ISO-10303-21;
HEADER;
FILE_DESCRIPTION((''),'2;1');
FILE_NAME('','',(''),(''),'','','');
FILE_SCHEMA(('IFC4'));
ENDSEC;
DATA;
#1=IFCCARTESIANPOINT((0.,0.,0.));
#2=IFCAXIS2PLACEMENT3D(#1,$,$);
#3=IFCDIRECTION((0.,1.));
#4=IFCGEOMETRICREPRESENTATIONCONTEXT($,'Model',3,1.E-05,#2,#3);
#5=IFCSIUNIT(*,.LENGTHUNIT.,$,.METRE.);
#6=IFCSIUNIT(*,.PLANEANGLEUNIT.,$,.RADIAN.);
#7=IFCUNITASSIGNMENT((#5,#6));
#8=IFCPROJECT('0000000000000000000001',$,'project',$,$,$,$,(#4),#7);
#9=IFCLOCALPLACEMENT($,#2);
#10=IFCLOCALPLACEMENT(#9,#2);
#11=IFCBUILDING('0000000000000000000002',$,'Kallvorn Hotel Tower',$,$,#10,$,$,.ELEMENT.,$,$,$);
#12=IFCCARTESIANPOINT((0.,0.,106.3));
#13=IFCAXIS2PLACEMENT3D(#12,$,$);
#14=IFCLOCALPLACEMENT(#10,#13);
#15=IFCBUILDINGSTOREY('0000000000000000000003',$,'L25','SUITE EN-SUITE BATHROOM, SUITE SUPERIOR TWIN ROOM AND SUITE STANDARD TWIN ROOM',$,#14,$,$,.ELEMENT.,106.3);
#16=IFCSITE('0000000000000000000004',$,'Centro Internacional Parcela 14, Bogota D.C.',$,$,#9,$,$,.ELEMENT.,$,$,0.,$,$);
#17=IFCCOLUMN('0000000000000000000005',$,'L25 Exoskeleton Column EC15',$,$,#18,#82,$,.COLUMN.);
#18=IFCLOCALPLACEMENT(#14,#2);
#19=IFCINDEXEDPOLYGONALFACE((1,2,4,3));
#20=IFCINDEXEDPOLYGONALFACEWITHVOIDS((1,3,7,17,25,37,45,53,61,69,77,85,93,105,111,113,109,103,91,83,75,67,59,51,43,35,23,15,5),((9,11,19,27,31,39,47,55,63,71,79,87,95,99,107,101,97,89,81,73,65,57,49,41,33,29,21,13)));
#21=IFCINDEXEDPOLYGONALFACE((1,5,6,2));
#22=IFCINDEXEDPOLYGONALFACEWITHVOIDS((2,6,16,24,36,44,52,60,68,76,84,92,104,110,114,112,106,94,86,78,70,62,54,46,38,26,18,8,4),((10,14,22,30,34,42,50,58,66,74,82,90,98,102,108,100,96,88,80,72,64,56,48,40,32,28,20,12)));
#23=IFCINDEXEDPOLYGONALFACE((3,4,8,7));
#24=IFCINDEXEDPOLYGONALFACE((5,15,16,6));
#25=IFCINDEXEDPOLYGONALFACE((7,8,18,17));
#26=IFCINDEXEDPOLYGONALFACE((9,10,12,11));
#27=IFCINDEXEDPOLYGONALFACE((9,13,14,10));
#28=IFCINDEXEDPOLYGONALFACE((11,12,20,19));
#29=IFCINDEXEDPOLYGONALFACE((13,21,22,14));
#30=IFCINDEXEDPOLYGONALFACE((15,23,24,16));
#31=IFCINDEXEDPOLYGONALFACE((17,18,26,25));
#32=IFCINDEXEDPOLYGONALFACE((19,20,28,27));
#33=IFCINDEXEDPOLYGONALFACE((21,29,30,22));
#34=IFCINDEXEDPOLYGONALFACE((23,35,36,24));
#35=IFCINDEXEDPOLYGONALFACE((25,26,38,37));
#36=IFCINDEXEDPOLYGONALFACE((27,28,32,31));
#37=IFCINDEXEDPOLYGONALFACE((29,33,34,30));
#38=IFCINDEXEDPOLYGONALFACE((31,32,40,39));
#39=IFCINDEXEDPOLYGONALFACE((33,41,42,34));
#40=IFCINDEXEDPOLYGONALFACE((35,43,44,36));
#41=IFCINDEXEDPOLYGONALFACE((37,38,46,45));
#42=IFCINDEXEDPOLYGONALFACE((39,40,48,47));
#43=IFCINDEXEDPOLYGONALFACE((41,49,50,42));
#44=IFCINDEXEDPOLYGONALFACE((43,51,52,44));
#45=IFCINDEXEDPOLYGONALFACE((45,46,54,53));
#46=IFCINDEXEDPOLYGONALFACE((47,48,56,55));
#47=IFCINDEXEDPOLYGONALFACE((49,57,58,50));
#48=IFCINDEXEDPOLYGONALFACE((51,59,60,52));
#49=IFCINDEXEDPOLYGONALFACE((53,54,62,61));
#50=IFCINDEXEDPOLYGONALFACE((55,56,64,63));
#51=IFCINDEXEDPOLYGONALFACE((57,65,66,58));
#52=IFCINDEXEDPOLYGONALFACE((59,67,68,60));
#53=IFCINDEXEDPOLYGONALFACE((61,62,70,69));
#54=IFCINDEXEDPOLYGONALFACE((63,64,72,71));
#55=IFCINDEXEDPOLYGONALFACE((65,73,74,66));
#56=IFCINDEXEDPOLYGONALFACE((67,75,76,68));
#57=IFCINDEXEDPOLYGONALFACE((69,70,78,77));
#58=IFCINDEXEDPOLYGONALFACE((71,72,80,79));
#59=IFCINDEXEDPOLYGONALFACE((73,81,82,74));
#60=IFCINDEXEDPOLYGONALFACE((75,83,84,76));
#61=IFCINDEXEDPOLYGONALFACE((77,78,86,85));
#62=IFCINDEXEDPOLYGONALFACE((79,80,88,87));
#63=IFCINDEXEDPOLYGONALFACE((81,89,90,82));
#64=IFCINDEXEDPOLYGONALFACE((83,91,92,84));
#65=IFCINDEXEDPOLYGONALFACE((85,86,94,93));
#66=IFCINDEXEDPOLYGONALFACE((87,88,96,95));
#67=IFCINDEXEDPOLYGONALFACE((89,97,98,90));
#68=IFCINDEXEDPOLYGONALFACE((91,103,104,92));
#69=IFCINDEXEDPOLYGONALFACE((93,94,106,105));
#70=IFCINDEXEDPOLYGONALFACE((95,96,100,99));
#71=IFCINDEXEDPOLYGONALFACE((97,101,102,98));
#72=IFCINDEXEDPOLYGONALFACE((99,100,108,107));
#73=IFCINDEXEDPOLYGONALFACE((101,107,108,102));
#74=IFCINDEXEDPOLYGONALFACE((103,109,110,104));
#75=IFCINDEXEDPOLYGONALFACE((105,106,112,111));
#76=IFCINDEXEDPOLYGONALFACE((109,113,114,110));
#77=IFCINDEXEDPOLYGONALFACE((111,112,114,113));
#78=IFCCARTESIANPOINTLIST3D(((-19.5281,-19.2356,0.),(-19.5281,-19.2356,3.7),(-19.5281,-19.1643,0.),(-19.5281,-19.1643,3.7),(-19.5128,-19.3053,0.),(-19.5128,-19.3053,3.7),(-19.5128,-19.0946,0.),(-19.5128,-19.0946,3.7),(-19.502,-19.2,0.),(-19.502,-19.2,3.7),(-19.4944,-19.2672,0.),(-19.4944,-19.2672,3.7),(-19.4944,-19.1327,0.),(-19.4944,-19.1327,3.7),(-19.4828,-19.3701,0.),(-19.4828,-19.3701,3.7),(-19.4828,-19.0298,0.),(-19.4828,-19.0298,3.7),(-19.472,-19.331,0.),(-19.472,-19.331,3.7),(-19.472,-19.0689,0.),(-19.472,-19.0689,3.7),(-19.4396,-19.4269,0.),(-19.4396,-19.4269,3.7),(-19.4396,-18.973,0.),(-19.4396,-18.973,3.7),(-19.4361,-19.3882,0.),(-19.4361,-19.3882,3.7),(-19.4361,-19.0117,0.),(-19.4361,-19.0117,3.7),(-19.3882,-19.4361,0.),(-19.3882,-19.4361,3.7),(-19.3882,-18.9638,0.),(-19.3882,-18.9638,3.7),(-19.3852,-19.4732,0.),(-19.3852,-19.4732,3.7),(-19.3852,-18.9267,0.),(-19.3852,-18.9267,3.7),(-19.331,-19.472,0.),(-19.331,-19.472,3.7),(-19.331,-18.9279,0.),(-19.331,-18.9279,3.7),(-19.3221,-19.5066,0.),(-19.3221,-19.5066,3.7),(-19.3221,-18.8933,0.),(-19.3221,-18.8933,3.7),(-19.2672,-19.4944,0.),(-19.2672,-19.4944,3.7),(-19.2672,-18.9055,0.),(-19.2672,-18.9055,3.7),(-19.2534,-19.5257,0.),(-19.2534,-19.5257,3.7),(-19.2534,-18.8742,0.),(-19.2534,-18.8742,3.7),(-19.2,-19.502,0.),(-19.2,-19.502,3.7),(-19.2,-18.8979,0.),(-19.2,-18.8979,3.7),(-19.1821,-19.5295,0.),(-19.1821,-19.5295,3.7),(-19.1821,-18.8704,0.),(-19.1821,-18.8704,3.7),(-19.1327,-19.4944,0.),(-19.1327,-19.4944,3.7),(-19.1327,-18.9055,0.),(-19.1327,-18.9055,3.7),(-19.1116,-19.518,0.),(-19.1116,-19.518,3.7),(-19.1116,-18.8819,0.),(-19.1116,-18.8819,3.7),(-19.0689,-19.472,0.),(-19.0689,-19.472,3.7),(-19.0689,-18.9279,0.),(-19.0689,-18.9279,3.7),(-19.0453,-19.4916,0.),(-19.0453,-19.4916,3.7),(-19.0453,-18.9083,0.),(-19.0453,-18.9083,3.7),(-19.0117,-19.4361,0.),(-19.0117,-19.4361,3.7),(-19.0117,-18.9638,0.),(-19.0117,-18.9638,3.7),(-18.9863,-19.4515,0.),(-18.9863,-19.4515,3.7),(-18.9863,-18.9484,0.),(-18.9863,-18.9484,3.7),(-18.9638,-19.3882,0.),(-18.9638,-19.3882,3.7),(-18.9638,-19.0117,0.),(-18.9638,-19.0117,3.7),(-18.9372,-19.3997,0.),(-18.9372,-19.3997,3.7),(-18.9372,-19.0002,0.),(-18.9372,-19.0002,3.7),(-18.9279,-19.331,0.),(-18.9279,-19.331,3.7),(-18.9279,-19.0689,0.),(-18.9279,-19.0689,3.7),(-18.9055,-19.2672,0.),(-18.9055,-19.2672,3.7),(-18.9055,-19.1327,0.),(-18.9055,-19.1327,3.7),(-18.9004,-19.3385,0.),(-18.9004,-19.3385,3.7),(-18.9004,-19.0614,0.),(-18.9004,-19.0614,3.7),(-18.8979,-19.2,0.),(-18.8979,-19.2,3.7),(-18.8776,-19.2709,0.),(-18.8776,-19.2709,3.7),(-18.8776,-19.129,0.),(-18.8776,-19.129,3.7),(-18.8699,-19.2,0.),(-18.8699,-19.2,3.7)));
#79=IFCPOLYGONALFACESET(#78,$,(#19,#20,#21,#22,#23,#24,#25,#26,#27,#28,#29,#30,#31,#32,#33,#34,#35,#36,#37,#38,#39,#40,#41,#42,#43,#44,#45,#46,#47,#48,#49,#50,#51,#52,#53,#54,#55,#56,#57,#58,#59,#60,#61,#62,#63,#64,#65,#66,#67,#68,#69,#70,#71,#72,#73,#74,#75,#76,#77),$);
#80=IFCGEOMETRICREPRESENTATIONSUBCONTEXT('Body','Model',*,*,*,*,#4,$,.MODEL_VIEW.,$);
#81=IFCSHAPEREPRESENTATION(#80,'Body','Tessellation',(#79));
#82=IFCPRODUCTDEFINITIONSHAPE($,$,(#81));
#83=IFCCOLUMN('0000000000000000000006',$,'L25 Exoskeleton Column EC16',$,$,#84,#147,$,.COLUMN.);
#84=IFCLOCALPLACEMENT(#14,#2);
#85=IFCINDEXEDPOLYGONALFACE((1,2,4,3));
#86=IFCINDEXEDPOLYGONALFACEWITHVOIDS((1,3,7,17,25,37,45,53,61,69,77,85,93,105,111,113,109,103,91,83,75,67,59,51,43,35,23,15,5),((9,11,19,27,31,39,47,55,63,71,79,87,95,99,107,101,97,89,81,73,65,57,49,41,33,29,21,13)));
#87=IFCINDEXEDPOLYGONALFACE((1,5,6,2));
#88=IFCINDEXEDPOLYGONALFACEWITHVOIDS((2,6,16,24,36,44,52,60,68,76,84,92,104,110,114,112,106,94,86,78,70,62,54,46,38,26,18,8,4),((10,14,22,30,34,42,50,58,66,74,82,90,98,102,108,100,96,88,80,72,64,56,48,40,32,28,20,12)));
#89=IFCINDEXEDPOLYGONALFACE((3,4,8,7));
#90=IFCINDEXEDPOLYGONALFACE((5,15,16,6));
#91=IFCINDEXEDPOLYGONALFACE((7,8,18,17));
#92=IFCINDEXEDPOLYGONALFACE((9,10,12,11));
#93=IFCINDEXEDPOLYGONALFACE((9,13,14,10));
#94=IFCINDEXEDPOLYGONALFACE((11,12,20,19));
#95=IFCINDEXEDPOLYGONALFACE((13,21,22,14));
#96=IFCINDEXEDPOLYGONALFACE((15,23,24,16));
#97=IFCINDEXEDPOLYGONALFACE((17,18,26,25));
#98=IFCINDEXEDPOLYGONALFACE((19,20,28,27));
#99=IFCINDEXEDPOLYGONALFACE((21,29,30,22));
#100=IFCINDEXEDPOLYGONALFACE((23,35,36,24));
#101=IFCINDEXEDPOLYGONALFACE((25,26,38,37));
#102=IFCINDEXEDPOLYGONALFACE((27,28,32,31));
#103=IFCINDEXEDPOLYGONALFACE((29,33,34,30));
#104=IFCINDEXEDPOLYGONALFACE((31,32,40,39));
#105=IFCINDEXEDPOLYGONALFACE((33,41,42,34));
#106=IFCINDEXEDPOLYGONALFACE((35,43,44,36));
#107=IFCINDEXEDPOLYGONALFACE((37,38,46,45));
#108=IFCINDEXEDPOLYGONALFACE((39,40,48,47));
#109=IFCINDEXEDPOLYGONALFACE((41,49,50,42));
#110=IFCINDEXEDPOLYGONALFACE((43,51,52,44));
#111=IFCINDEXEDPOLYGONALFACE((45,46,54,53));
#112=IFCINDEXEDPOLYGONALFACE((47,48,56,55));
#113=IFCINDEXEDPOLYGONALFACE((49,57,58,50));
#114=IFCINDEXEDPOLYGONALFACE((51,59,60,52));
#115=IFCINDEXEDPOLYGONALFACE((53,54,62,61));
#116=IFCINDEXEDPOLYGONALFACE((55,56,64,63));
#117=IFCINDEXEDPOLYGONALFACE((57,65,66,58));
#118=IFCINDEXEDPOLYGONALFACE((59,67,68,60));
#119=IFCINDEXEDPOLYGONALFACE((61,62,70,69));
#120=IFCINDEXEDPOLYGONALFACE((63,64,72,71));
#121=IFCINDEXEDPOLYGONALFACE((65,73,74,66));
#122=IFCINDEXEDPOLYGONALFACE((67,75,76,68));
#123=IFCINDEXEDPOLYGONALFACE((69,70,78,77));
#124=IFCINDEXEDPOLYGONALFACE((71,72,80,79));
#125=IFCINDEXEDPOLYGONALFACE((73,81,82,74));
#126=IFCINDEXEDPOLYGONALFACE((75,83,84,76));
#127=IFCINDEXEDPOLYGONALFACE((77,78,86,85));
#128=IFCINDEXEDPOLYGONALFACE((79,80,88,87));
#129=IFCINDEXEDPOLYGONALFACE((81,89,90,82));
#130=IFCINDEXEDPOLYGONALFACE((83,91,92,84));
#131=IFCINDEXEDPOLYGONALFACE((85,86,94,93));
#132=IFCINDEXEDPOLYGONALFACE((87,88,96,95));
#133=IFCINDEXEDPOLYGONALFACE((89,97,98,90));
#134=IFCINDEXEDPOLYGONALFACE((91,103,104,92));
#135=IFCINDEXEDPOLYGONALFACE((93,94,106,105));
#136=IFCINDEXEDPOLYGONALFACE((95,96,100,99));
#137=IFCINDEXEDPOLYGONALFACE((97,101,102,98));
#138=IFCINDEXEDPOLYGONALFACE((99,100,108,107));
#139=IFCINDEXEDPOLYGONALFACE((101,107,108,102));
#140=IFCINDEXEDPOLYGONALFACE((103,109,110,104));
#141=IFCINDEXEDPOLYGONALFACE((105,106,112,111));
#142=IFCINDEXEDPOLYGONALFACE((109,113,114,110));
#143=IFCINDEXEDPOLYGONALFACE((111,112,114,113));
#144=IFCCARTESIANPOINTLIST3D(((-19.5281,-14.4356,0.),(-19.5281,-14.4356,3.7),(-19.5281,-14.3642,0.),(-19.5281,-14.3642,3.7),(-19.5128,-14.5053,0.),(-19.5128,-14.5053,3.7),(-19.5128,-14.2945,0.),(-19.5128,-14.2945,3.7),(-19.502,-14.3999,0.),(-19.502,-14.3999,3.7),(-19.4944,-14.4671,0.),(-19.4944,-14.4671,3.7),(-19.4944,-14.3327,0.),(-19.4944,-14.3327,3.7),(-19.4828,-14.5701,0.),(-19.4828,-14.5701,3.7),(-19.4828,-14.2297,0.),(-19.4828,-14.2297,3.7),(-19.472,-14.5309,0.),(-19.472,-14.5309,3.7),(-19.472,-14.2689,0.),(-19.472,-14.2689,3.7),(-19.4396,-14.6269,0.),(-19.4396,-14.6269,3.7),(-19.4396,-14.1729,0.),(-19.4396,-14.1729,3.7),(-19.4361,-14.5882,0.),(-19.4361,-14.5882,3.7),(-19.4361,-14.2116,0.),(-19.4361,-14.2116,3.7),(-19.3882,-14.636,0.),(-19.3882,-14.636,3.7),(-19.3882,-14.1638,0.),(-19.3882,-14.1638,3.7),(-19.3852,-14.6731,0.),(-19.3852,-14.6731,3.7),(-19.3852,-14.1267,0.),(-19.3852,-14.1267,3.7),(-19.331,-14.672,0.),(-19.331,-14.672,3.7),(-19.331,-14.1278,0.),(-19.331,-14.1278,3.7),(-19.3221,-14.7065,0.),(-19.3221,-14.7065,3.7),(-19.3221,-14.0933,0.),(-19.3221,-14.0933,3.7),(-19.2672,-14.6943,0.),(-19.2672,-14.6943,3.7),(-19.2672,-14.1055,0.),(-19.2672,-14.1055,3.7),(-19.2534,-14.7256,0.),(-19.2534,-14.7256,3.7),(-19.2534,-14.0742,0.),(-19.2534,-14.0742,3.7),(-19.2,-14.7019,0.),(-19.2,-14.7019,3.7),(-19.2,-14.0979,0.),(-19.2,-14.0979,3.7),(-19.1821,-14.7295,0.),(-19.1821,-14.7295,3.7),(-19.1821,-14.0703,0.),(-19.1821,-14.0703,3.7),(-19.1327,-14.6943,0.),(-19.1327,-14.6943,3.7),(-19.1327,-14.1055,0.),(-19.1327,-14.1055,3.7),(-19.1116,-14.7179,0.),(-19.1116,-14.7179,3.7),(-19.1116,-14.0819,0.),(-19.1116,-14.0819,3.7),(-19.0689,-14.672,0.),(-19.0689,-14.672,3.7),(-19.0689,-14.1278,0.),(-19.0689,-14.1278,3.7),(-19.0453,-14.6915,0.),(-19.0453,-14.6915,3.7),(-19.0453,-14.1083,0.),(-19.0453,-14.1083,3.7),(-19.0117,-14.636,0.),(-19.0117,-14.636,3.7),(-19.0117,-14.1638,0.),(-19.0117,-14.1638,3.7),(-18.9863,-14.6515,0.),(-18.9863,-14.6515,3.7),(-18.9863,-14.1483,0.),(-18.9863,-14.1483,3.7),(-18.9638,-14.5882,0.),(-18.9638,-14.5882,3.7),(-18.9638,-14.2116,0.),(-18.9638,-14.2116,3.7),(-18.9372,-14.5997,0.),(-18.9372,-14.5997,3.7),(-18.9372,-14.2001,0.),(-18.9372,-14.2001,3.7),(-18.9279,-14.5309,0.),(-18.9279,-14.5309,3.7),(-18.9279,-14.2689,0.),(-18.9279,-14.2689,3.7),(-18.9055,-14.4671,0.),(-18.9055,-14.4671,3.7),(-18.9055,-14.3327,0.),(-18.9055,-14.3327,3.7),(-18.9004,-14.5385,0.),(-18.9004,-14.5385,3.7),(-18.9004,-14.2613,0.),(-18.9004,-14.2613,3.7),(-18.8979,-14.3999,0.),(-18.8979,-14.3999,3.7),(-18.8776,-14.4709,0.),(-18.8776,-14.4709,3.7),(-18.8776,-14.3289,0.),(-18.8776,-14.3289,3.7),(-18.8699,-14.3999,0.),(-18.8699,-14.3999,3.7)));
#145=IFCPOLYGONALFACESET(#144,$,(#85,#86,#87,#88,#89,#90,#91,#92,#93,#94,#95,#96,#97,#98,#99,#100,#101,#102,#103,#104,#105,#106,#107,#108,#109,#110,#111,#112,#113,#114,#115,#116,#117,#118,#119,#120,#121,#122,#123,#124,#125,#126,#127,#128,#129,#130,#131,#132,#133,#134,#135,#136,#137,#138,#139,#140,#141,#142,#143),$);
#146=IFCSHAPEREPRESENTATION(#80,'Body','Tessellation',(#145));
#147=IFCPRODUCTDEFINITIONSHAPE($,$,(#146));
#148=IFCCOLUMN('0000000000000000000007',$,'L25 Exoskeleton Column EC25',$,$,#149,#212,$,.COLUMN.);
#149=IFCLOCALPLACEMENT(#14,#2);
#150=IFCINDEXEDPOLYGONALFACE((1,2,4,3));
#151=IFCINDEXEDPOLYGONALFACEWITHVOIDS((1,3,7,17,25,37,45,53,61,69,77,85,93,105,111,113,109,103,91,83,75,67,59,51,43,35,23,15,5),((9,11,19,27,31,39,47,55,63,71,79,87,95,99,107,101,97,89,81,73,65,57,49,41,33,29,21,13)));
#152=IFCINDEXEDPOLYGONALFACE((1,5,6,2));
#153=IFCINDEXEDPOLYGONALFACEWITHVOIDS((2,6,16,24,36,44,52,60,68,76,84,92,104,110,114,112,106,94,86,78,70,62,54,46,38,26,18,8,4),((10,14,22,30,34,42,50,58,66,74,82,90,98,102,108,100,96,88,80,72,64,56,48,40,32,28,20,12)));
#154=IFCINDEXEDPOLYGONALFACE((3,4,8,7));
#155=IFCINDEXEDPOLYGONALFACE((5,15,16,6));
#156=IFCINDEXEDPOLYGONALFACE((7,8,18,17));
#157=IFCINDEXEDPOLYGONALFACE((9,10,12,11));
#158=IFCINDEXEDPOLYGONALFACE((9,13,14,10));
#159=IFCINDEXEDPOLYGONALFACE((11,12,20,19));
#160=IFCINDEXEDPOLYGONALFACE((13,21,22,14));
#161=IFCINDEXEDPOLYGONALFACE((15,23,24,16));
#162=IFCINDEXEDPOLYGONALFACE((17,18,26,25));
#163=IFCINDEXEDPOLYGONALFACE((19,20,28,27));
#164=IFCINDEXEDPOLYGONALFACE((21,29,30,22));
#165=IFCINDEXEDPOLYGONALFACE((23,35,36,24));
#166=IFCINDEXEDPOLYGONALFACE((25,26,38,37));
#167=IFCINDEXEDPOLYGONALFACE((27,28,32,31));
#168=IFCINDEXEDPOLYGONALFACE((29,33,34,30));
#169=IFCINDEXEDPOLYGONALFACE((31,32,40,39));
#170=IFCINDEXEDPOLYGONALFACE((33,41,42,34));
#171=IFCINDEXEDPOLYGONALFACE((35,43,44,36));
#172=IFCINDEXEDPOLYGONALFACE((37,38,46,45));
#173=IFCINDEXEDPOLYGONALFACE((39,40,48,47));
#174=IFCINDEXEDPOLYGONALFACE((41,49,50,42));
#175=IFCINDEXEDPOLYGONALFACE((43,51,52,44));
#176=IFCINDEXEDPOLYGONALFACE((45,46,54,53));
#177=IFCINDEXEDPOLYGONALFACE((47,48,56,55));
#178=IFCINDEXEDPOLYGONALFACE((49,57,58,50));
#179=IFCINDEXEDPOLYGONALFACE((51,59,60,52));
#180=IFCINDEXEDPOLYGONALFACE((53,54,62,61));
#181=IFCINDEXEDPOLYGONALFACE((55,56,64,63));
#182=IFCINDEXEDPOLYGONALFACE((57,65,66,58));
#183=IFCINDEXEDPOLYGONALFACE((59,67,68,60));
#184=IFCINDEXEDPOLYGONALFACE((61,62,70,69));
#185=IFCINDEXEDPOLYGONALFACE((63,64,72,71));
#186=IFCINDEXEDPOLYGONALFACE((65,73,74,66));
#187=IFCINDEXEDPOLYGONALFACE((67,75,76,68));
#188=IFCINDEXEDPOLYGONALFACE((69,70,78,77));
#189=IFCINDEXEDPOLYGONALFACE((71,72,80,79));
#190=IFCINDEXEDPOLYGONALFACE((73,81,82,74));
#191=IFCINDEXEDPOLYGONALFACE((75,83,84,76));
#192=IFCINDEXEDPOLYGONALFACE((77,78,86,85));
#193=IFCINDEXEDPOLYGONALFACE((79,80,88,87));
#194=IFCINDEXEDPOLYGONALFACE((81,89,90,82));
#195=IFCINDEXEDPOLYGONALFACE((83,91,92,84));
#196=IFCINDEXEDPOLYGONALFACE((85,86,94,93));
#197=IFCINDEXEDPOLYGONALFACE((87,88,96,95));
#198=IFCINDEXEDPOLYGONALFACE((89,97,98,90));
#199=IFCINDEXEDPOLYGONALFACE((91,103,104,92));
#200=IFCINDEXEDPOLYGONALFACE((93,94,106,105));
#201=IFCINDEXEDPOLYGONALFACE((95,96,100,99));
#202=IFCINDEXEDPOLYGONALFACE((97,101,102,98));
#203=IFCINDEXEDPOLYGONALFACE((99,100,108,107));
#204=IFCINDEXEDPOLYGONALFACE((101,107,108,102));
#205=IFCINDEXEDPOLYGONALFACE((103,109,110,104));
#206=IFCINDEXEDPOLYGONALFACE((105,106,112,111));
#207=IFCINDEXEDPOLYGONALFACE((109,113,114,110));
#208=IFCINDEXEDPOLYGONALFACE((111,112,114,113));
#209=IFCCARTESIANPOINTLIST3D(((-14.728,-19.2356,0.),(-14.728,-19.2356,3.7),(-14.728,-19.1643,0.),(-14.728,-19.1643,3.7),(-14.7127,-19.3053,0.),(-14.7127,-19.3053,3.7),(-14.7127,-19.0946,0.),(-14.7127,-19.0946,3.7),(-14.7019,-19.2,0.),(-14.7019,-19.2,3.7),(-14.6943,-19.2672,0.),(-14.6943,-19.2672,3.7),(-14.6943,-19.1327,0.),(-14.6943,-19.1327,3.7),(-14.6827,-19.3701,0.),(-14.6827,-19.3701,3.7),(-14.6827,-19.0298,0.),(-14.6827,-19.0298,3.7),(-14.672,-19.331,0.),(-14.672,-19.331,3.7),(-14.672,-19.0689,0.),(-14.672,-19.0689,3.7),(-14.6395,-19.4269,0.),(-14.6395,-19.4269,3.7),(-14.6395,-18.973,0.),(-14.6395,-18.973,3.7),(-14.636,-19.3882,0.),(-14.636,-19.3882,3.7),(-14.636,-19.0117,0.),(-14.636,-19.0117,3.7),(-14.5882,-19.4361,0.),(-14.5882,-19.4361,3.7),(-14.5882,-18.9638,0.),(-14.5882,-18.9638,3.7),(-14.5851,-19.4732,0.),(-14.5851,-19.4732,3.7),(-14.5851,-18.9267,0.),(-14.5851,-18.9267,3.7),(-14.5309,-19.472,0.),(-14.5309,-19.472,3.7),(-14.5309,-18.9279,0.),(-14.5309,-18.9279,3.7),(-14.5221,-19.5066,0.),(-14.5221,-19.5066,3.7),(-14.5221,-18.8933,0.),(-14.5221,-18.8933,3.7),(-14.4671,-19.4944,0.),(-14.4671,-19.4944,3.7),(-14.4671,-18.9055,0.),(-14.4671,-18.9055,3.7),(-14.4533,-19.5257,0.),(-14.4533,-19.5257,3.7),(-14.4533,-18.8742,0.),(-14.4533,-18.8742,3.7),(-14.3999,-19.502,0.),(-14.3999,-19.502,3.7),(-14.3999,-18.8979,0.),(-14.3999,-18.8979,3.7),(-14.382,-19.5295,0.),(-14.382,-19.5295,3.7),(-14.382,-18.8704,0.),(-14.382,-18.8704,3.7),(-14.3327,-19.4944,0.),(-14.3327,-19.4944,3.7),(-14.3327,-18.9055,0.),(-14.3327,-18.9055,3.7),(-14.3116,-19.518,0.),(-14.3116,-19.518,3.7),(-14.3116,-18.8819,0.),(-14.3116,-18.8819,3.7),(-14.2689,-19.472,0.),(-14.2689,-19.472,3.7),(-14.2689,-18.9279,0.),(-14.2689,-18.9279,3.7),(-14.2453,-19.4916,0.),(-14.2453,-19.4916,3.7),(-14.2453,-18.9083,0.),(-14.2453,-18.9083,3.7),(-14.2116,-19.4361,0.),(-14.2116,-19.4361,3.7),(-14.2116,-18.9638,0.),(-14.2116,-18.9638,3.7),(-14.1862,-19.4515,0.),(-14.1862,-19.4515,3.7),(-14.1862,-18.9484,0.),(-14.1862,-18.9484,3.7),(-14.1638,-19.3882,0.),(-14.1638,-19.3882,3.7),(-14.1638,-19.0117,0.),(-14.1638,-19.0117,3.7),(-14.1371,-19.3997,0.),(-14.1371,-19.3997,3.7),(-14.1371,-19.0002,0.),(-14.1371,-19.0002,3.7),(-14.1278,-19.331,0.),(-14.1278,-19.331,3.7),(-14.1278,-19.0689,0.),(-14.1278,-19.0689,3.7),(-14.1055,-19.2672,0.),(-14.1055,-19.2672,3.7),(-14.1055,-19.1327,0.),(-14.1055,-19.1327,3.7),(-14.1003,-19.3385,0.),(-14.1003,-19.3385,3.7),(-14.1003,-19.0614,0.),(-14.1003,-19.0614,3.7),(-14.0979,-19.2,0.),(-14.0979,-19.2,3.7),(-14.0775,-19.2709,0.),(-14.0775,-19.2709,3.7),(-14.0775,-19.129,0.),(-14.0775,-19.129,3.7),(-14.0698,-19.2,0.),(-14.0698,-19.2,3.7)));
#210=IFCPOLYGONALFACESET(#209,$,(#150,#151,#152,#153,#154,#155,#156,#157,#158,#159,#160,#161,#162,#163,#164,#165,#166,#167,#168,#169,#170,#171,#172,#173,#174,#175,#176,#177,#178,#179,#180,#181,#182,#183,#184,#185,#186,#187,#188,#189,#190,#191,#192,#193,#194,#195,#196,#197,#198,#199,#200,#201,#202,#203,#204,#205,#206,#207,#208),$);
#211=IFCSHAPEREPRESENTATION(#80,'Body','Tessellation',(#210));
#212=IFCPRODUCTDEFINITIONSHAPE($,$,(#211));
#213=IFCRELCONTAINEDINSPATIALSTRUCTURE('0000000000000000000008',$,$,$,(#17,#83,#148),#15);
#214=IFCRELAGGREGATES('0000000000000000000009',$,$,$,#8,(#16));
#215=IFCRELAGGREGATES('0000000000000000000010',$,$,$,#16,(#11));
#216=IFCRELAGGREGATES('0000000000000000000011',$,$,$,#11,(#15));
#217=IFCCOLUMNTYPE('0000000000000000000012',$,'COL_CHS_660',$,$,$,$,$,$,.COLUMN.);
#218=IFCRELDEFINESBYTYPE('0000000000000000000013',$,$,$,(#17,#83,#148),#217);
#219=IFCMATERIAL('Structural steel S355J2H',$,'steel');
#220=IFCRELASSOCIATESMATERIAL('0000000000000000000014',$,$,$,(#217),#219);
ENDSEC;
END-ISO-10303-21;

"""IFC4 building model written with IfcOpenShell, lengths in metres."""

from ifc_helpers import new_model, si_unit, direction, frame, origin, origin_2d, place, context, subcontext, project, spatial, hollow_circle, extrude, material, material_profile, profile_set, type_object, element, save


model = new_model("IFC4")

# Units and contexts
model_context = context("Model", 3, precision=1e-05, world=origin(), true_north=direction((0.0, 1.0)))
body_context = subcontext(model_context, "Body", "Model", "MODEL_VIEW")
ifc_project = project(units=[si_unit("LENGTHUNIT", "METRE"), si_unit("PLANEANGLEUNIT", "RADIAN")], contexts=[model_context])

# Site, building, storey
site_placement = place(None, origin())
site = spatial("IfcSite", under=ifc_project, at=site_placement, Name="Centro Internacional Parcela 14, Bogota D.C.", CompositionType="ELEMENT", RefElevation=0.0)
building_placement = place(site_placement, origin())
building = spatial("IfcBuilding", under=site, at=building_placement, Name="Kallvorn Hotel Tower", CompositionType="ELEMENT")
storey_placement = place(building_placement, frame((0.0, 0.0, 106.3)))
storey = spatial("IfcBuildingStorey", under=building, at=storey_placement, Name="L25", Description="SUITE EN-SUITE BATHROOM, SUITE SUPERIOR TWIN ROOM AND SUITE STANDARD TWIN ROOM", CompositionType="ELEMENT", Elevation=106.3)

# Columns
ifc_material_1 = material(Name="Structural steel S355J2H", Category="steel")
ifc_material_profile_1 = material_profile(ifc_material_1, hollow_circle(Radius=0.3301, WallThickness=0.0281, at=origin_2d()), Name="CHS 660x28")
ifc_profile_set_1 = profile_set([ifc_material_profile_1], Name="Structural steel S355J2H")
column_type_1 = type_object("IfcColumnType", Name="COL_CHS_660", PredefinedType="COLUMN", material=ifc_profile_set_1)
for number, where, z_axis, x_axis, name in (
    (1, (-19.2, -19.2, 0.0), (0.0, 0.0, 1.0), (1.0, 0.0, 0.0), "L25 Exoskeleton Column EC15"),
    (2, (-19.2, -14.3999, 0.0), (0.0, 0.0, 1.0), (1.0, 0.0, 0.0), "L25 Exoskeleton Column EC16"),
    (3, (-14.3999, -19.2, 0.0), (0.0, 0.0, 1.0), (1.0, 0.0, 0.0), "L25 Exoskeleton Column EC25"),
):
    element("IfcColumn", number, at=place(storey_placement, frame(where, z_axis=z_axis, x_axis=x_axis)), inside=storey, type_object=column_type_1, Name=name, PredefinedType="COLUMN", context=body_context, shape_type="SweptSolid", body=[
        extrude(hollow_circle(Radius=0.3301, WallThickness=0.0281, at=origin_2d()), origin(), (0.0, 0.0, 1.0), 3.7),
    ])

save(model, "model.ifc")
